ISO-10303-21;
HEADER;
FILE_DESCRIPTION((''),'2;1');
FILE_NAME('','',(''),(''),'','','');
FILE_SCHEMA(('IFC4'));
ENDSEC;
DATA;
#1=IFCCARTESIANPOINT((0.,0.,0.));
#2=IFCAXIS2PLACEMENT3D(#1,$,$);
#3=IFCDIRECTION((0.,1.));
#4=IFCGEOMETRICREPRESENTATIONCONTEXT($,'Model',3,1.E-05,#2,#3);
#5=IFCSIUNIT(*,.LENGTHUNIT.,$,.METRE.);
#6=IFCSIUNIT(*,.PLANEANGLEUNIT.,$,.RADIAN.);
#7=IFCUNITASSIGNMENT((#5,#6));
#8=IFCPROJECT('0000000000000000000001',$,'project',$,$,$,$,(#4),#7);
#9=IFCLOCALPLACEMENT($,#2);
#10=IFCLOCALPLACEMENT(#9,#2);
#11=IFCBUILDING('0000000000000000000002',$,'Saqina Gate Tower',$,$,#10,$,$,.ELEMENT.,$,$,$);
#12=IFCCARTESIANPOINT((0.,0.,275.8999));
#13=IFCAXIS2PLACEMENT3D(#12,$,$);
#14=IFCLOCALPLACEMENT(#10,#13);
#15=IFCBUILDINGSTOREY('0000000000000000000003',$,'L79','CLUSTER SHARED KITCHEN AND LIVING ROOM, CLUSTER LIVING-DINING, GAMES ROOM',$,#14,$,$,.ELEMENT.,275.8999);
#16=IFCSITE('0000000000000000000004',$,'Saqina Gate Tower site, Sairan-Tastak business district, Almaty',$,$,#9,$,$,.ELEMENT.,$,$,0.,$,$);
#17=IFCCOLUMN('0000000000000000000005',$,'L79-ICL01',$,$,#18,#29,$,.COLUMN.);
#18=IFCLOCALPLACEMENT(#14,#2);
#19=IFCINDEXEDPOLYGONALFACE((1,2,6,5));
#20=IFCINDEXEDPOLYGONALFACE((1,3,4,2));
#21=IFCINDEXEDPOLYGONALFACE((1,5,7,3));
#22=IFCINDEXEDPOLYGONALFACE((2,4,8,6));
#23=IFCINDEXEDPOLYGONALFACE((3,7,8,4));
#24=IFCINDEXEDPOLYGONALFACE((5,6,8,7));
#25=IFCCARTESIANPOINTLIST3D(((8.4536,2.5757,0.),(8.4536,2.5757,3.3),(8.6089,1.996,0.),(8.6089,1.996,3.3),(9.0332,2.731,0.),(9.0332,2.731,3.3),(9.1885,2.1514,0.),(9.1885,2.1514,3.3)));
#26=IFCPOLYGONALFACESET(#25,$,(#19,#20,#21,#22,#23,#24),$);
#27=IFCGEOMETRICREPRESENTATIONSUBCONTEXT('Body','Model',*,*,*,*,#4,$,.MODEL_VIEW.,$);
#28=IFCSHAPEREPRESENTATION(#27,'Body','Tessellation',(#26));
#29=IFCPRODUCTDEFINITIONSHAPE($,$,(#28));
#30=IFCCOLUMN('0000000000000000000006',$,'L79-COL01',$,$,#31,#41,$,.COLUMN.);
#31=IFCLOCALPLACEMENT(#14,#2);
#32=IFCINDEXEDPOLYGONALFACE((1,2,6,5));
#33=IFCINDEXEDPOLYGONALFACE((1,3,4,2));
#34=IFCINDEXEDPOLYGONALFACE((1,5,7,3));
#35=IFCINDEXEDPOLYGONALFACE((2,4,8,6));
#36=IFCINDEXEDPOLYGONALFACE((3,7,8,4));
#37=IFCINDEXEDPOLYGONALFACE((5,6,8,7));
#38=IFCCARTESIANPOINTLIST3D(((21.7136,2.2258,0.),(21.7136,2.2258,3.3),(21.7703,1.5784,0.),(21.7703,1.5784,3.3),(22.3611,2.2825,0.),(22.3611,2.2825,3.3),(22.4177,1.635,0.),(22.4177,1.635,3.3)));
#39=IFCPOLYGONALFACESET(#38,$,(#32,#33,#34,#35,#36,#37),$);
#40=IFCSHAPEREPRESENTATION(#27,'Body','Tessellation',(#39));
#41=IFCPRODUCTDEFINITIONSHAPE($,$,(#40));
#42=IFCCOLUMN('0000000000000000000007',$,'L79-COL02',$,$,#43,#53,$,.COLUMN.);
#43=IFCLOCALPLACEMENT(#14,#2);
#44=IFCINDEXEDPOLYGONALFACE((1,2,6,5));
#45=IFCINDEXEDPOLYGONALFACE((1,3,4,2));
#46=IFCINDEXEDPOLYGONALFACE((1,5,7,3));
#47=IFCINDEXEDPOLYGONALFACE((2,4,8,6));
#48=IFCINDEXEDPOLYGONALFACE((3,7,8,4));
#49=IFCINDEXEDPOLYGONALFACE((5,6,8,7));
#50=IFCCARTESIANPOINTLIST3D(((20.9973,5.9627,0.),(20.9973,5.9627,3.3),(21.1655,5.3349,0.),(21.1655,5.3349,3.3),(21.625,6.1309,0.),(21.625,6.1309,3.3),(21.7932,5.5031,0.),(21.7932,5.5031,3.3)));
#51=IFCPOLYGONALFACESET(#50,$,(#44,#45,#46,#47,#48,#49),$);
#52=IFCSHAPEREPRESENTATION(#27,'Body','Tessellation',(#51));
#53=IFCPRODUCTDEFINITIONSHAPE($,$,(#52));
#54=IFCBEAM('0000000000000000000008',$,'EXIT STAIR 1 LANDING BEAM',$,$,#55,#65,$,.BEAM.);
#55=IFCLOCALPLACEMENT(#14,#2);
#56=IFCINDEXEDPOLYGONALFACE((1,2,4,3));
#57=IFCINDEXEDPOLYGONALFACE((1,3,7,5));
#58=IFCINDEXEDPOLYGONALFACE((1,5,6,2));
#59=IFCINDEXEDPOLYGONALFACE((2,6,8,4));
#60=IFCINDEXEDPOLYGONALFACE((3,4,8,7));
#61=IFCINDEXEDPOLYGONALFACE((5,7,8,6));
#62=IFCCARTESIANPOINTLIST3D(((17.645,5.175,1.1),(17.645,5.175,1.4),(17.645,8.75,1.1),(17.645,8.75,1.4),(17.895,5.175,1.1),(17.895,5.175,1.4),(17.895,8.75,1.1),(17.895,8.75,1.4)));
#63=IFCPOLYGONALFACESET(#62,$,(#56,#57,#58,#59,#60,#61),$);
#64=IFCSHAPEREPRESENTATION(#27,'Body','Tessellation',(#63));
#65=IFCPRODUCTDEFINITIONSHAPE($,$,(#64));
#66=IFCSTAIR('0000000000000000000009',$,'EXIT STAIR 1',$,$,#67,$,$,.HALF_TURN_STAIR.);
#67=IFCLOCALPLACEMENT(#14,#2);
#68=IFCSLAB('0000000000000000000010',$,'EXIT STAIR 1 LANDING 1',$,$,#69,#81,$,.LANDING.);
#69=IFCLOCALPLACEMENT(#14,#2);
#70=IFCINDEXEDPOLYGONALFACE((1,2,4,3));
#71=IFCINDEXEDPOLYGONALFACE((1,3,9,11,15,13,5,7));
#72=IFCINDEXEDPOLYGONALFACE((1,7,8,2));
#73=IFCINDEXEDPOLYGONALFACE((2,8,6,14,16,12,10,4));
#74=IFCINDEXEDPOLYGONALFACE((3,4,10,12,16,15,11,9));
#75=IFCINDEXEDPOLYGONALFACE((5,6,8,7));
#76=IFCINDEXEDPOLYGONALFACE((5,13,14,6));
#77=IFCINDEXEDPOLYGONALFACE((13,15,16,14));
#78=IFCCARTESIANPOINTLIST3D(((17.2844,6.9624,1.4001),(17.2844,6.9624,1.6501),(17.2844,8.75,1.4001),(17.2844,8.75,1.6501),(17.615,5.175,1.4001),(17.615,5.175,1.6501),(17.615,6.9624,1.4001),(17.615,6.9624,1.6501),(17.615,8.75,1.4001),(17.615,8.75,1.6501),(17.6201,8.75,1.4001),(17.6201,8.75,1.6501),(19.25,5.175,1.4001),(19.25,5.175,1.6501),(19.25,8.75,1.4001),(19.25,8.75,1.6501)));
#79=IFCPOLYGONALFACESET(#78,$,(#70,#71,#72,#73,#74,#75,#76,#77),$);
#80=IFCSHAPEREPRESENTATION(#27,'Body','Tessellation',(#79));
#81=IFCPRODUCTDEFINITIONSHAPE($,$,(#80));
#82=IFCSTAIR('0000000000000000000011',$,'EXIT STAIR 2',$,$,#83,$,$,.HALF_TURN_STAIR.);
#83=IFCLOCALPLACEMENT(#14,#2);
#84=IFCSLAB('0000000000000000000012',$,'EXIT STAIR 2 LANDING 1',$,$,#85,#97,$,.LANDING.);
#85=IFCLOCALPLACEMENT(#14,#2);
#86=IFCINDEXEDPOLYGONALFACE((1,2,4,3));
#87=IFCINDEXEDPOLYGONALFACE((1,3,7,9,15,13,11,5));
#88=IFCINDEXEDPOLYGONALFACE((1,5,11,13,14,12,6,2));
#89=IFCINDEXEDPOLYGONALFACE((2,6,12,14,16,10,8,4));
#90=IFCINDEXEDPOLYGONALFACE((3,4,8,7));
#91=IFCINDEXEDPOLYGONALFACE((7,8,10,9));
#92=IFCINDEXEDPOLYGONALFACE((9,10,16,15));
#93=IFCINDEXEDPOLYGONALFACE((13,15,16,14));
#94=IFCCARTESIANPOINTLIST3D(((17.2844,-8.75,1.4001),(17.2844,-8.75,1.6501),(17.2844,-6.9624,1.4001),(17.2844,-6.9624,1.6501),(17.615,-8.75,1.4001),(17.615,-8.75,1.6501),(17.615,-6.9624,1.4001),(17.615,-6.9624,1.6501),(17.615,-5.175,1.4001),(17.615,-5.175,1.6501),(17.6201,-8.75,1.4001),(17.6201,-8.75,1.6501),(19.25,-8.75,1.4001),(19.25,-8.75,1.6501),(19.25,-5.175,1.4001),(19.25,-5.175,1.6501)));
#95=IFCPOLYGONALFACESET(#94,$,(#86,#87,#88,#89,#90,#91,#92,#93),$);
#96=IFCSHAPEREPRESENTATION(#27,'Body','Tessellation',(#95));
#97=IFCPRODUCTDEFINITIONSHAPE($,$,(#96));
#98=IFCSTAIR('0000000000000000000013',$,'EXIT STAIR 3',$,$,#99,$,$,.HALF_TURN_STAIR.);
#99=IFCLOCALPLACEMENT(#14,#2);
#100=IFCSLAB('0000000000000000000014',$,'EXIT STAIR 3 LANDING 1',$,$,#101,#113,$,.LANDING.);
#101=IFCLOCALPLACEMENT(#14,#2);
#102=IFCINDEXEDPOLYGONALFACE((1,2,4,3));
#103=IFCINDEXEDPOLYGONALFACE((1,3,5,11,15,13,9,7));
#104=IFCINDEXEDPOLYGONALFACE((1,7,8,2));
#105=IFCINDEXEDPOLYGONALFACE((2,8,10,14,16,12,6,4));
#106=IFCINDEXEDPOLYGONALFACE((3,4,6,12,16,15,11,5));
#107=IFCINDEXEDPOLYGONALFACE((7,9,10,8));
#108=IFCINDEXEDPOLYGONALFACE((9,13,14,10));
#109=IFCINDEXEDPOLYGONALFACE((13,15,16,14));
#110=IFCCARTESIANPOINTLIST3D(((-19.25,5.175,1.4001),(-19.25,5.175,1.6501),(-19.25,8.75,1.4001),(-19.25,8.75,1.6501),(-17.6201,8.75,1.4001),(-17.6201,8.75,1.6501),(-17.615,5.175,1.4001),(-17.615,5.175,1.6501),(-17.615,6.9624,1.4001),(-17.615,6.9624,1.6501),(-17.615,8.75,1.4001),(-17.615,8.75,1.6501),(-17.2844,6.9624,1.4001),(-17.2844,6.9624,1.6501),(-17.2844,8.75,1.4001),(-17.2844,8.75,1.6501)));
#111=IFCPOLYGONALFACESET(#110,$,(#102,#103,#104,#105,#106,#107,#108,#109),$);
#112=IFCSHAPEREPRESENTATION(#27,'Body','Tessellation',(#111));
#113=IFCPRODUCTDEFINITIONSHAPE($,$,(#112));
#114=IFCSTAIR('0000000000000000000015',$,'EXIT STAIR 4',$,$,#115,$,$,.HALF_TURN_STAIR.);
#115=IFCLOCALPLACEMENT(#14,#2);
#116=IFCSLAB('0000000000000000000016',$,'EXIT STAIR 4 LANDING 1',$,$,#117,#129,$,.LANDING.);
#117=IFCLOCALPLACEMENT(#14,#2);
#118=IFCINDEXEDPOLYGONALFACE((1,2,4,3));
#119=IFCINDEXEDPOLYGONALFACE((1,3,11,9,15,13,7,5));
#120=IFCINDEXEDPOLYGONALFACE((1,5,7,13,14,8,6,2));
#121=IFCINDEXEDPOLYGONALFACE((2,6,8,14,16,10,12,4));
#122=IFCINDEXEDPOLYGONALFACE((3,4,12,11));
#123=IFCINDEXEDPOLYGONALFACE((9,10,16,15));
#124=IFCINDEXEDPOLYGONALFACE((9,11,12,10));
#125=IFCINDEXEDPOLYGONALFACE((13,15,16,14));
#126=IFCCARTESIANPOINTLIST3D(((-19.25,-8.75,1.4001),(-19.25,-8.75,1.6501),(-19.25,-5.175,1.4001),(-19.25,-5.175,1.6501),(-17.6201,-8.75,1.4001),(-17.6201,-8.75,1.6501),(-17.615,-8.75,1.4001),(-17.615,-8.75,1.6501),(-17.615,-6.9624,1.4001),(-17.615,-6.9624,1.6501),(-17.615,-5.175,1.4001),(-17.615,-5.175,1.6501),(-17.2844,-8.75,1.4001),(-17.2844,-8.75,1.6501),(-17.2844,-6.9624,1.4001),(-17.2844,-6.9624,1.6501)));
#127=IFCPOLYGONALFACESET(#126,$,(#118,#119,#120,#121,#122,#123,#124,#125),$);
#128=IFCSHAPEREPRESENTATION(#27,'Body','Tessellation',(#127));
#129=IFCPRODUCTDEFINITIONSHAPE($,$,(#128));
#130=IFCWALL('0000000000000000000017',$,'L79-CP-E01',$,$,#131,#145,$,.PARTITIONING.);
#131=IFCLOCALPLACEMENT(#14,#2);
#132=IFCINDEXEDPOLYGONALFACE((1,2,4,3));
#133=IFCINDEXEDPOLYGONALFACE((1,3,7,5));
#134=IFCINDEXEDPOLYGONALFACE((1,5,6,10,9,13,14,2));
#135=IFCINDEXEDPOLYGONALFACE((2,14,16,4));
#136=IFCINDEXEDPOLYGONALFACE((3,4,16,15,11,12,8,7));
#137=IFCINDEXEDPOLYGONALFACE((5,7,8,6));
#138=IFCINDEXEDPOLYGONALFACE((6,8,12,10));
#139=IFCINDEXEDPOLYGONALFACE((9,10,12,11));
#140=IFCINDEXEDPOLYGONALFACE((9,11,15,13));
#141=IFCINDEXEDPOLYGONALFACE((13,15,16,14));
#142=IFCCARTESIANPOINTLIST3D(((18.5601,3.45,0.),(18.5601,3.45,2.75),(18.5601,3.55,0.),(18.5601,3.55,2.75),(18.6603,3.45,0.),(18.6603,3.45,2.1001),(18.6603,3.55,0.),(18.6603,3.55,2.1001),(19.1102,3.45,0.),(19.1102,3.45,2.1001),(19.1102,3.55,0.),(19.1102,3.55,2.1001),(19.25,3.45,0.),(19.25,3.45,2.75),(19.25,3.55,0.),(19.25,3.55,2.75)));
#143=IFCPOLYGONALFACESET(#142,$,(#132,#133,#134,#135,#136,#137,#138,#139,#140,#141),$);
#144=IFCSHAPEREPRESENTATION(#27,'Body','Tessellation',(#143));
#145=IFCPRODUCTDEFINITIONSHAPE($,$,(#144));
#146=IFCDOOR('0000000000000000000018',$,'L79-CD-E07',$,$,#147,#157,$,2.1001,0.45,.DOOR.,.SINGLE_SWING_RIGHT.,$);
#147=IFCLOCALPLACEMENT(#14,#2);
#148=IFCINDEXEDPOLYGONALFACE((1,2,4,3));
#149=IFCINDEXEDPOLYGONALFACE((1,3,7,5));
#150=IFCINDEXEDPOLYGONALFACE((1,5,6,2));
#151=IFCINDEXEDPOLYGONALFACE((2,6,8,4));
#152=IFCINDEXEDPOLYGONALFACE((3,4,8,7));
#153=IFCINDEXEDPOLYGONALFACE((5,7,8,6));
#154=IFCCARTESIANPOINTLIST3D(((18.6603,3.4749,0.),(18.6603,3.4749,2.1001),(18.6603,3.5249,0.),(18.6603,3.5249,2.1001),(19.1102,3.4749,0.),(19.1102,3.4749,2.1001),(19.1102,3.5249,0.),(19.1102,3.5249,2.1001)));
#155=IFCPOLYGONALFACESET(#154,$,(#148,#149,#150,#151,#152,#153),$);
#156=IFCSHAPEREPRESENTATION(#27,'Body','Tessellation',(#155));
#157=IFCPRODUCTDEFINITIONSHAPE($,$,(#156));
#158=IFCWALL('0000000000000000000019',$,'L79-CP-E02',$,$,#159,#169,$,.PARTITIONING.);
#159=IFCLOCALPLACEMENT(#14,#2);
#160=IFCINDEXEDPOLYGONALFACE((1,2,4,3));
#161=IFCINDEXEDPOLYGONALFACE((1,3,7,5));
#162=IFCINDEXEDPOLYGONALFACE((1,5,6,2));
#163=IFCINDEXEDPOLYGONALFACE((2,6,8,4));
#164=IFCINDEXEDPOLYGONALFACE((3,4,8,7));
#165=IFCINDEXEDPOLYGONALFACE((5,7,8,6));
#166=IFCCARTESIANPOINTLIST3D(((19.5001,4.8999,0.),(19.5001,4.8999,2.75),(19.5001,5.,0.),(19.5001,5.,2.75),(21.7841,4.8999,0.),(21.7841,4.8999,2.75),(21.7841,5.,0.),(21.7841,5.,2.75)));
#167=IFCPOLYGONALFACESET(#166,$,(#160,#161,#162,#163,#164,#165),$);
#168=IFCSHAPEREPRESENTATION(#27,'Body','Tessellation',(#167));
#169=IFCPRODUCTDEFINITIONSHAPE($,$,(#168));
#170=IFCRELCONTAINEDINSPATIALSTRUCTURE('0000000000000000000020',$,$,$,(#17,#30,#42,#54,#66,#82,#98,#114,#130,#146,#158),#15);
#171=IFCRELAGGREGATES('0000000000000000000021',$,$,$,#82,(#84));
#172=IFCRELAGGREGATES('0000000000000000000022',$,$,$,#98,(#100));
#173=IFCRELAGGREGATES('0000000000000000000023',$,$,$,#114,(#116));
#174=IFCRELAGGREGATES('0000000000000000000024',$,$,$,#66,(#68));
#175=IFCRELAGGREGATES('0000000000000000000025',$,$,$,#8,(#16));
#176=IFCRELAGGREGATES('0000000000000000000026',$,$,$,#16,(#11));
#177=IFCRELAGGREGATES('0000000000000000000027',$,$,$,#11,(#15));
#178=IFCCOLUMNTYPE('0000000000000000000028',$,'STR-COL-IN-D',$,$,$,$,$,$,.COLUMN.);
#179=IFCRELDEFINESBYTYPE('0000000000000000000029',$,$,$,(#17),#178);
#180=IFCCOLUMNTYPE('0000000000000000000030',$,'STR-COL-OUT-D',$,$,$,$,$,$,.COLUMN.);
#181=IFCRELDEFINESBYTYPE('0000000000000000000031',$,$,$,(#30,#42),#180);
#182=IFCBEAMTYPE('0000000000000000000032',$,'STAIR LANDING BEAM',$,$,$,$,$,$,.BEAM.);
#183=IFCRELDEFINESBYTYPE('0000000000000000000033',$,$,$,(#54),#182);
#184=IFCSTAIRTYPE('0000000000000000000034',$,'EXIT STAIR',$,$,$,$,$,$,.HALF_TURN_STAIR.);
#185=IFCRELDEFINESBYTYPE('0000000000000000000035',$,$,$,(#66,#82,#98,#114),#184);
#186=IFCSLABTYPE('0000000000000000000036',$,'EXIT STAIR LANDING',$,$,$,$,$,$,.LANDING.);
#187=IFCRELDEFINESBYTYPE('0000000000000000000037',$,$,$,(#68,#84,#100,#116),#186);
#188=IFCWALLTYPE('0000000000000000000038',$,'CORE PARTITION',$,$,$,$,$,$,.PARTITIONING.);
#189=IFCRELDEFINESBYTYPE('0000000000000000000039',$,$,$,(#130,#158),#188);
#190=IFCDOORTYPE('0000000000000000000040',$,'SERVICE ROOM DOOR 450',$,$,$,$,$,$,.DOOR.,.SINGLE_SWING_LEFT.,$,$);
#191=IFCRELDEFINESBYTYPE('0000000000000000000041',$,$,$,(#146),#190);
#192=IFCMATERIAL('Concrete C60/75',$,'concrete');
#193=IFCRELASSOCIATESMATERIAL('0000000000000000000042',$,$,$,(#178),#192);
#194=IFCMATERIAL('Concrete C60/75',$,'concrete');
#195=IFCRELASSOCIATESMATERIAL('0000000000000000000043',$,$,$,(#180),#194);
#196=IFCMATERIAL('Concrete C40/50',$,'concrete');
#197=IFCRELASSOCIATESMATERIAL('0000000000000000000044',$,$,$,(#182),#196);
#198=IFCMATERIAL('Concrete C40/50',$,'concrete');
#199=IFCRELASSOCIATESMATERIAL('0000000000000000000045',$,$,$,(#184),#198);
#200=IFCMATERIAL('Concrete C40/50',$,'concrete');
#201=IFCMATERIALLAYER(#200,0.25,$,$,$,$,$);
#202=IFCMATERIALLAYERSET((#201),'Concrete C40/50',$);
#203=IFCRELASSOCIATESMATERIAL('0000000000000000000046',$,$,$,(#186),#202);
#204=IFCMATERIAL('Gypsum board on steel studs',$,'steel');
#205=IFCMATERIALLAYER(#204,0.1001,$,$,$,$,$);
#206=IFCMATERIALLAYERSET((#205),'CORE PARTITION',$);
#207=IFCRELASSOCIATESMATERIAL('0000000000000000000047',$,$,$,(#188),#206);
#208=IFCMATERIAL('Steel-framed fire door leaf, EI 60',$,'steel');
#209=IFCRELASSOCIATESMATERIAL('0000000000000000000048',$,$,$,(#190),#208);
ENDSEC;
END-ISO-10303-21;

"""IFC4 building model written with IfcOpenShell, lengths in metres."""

from ifc_helpers import new_model, si_unit, direction, frame, frame_2d, origin, origin_2d, place, context, subcontext, project, spatial, polyline, rectangle, outline, extrude, material, layer, layer_set, material_profile, profile_set, type_object, element, fill, aggregate, save


model = new_model("IFC4")

# Units and contexts
model_context = context("Model", 3, precision=1e-05, world=origin(), true_north=direction((0.0, 1.0)))
body_context = subcontext(model_context, "Body", "Model", "MODEL_VIEW")
ifc_project = project(units=[si_unit("LENGTHUNIT", "METRE"), si_unit("PLANEANGLEUNIT", "RADIAN")], contexts=[model_context])

# Site, building, storey
site_placement = place(None, origin())
site = spatial("IfcSite", under=ifc_project, at=site_placement, Name="Saqina Gate Tower site, Sairan-Tastak business district, Almaty", CompositionType="ELEMENT", RefElevation=0.0)
building_placement = place(site_placement, origin())
building = spatial("IfcBuilding", under=site, at=building_placement, Name="Saqina Gate Tower", CompositionType="ELEMENT")
storey_placement = place(building_placement, frame((0.0, 0.0, 275.8999)))
storey = spatial("IfcBuildingStorey", under=building, at=storey_placement, Name="L79", Description="CLUSTER SHARED KITCHEN AND LIVING ROOM, CLUSTER LIVING-DINING, GAMES ROOM", CompositionType="ELEMENT", Elevation=275.8999)

# Columns
ifc_material_1 = material(Name="Concrete C60/75", Category="concrete")
ifc_material_profile_1 = material_profile(ifc_material_1, rectangle(XDim=0.6001, YDim=0.6001, at=origin_2d()), Name="RC 600x600")
ifc_profile_set_1 = profile_set([ifc_material_profile_1], Name="Concrete C60/75")
column_type_1 = type_object("IfcColumnType", Name="STR-COL-IN-D", PredefinedType="COLUMN", material=ifc_profile_set_1)
column_placement = place(storey_placement, frame((8.821, 2.3635, 0.0), z_axis=(0.0, 0.0, 1.0), x_axis=(0.965926, 0.258819, 0.0)))
element("IfcColumn", 1, at=column_placement, inside=storey, type_object=column_type_1, Name="L79-ICL01", PredefinedType="COLUMN", context=body_context, shape_type="SweptSolid", body=[
    extrude(rectangle(XDim=0.6001, YDim=0.6001, at=origin_2d()), origin(), (0.0, 0.0, 1.0), 3.3),
])
ifc_material_2 = material(Name="Concrete C60/75", Category="concrete")
ifc_material_profile_2 = material_profile(ifc_material_2, rectangle(XDim=0.6499, YDim=0.6499, at=origin_2d()), Name="RC 650x650")
ifc_profile_set_2 = profile_set([ifc_material_profile_2], Name="Concrete C60/75")
column_type_2 = type_object("IfcColumnType", Name="STR-COL-OUT-D", PredefinedType="COLUMN", material=ifc_profile_set_2)
for number, where, z_axis, x_axis, name in (
    (2, (22.0657, 1.9304, 0.0), (0.0, 0.0, 1.0), (0.996195, 0.087156, 0.0), "L79-COL01"),
    (3, (21.3953, 5.7329, 0.0), (0.0, 0.0, 1.0), (0.965926, 0.258819, 0.0), "L79-COL02"),
):
    element("IfcColumn", number, at=place(storey_placement, frame(where, z_axis=z_axis, x_axis=x_axis)), inside=storey, type_object=column_type_2, Name=name, PredefinedType="COLUMN", context=body_context, shape_type="SweptSolid", body=[
        extrude(rectangle(XDim=0.6499, YDim=0.6499, at=origin_2d()), origin(), (0.0, 0.0, 1.0), 3.3),
    ])

# Beam
ifc_material_3 = material(Name="Concrete C40/50", Category="concrete")
ifc_material_profile_3 = material_profile(ifc_material_3, rectangle(XDim=0.25, YDim=0.3, at=origin_2d()), Name="STAIR LANDING BEAM")
ifc_profile_set_3 = profile_set([ifc_material_profile_3], Name="Concrete C40/50")
beam_type = type_object("IfcBeamType", Name="STAIR LANDING BEAM", PredefinedType="BEAM", material=ifc_profile_set_3)
beam_placement = place(storey_placement, frame((17.77, 5.175, 1.25), z_axis=(0.0, 1.0, 0.0), x_axis=(-1.0, 0.0, 0.0)))
element("IfcBeam", 4, at=beam_placement, inside=storey, type_object=beam_type, Name="EXIT STAIR 1 LANDING BEAM", PredefinedType="BEAM", context=body_context, shape_type="SweptSolid", body=[
    extrude(rectangle(XDim=0.25, YDim=0.3, at=origin_2d()), origin(), (0.0, 0.0, 1.0), 3.575),
])

# Stairs, slabs
ifc_material_4 = material(Name="Concrete C40/50", Category="concrete")
stair_type = type_object("IfcStairType", Name="EXIT STAIR", PredefinedType="HALF_TURN_STAIR", material=ifc_material_4)
stair_1_placement = place(storey_placement, origin())
stair_1 = element("IfcStair", 5, at=stair_1_placement, inside=storey, type_object=stair_type, Name="EXIT STAIR 1", PredefinedType="HALF_TURN_STAIR")
ifc_material_5 = material(Name="Concrete C40/50", Category="concrete")
ifc_layer_1 = layer(ifc_material_5, 0.25)
ifc_layer_set_1 = layer_set([ifc_layer_1], Name="Concrete C40/50")
slab_type = type_object("IfcSlabType", Name="EXIT STAIR LANDING", PredefinedType="LANDING", material=ifc_layer_set_1)
slab_1_placement = place(storey_placement, frame((0.0, 0.0, 1.4001)))
slab_1 = element("IfcSlab", 6, at=slab_1_placement, type_object=slab_type, Name="EXIT STAIR 1 LANDING 1", PredefinedType="LANDING", context=body_context, shape_type="SweptSolid", body=[
    extrude(outline(polyline([(19.25, 8.75), (19.25, 5.175), (17.615, 5.175), (17.615, 6.9624), (17.2844, 6.9624), (17.2844, 8.75), (17.615, 8.75), (17.6201, 8.75), (19.25, 8.75)])), origin(), (0.0, 0.0, 1.0), 0.25),
])
stair_2_placement = place(storey_placement, origin())
stair_2 = element("IfcStair", 7, at=stair_2_placement, inside=storey, type_object=stair_type, Name="EXIT STAIR 2", PredefinedType="HALF_TURN_STAIR")
slab_2_placement = place(storey_placement, frame((0.0, 0.0, 1.4001)))
slab_2 = element("IfcSlab", 8, at=slab_2_placement, type_object=slab_type, Name="EXIT STAIR 2 LANDING 1", PredefinedType="LANDING", context=body_context, shape_type="SweptSolid", body=[
    extrude(outline(polyline([(17.2844, -8.75), (17.2844, -6.9624), (17.615, -6.9624), (17.615, -5.175), (19.25, -5.175), (19.25, -8.75), (17.6201, -8.75), (17.615, -8.75), (17.2844, -8.75)])), origin(), (0.0, 0.0, 1.0), 0.25),
])
aggregate(stair_2, [slab_2])
stair_3_placement = place(storey_placement, origin())
stair_3 = element("IfcStair", 9, at=stair_3_placement, inside=storey, type_object=stair_type, Name="EXIT STAIR 3", PredefinedType="HALF_TURN_STAIR")
slab_3_placement = place(storey_placement, frame((0.0, 0.0, 1.4001)))
slab_3 = element("IfcSlab", 10, at=slab_3_placement, type_object=slab_type, Name="EXIT STAIR 3 LANDING 1", PredefinedType="LANDING", context=body_context, shape_type="SweptSolid", body=[
    extrude(outline(polyline([(-17.615, 5.175), (-19.25, 5.175), (-19.25, 8.75), (-17.6201, 8.75), (-17.615, 8.75), (-17.2844, 8.75), (-17.2844, 6.9624), (-17.615, 6.9624), (-17.615, 5.175)])), origin(), (0.0, 0.0, 1.0), 0.25),
])
aggregate(stair_3, [slab_3])
stair_4_placement = place(storey_placement, origin())
stair_4 = element("IfcStair", 11, at=stair_4_placement, inside=storey, type_object=stair_type, Name="EXIT STAIR 4", PredefinedType="HALF_TURN_STAIR")
slab_4_placement = place(storey_placement, frame((0.0, 0.0, 1.4001)))
slab_4 = element("IfcSlab", 12, at=slab_4_placement, type_object=slab_type, Name="EXIT STAIR 4 LANDING 1", PredefinedType="LANDING", context=body_context, shape_type="SweptSolid", body=[
    extrude(outline(polyline([(-17.2844, -6.9624), (-17.2844, -8.75), (-17.615, -8.75), (-17.6201, -8.75), (-19.25, -8.75), (-19.25, -5.175), (-17.615, -5.175), (-17.615, -6.9624), (-17.2844, -6.9624)])), origin(), (0.0, 0.0, 1.0), 0.25),
])
aggregate(stair_4, [slab_4])

# Wall, opening, door
ifc_material_6 = material(Name="Gypsum board on steel studs", Category="steel")
ifc_layer_2 = layer(ifc_material_6, 0.1001)
ifc_layer_set_2 = layer_set([ifc_layer_2], Name="CORE PARTITION")
wall_type_1 = type_object("IfcWallType", Name="CORE PARTITION", PredefinedType="PARTITIONING", material=ifc_layer_set_2)
wall_1_placement = place(storey_placement, frame((18.5601, 3.5, 0.0), z_axis=(0.0, 0.0, 1.0), x_axis=(1.0, 0.0, 0.0)))
wall_1 = element("IfcWall", 13, at=wall_1_placement, inside=storey, type_object=wall_type_1, Name="L79-CP-E01", PredefinedType="PARTITIONING", context=body_context, shape_type="SweptSolid", body=[
    extrude(rectangle(XDim=0.6899, YDim=0.1001, at=frame_2d((0.345, 0.0))), origin(), (0.0, 0.0, 1.0), 2.75),
])
opening_1_placement = place(wall_1_placement, frame((0.1001, 0.0, 0.0)))
opening_1 = element("IfcOpeningElement", 14, at=opening_1_placement, cuts=wall_1, PredefinedType="OPENING", context=body_context, shape_type="SweptSolid", body=[
    extrude(rectangle(XDim=0.45, YDim=2.1001, at=frame_2d((0.2251, 1.05))), frame((0.0, 0.062, 0.0), z_axis=(0.0, -1.0, 0.0), x_axis=(1.0, 0.0, 0.0)), (0.0, 0.0, 1.0), 0.124),
])
ifc_material_7 = material(Name="Steel-framed fire door leaf, EI 60", Category="steel")
door_type_1 = type_object("IfcDoorType", Name="SERVICE ROOM DOOR 450", OperationType="SINGLE_SWING_LEFT", PredefinedType="DOOR", material=ifc_material_7)
door_1_placement = place(opening_1_placement, origin())
door_1 = element("IfcDoor", 15, at=door_1_placement, inside=storey, type_object=door_type_1, Name="L79-CD-E07", OperationType="SINGLE_SWING_RIGHT", OverallHeight=2.1001, OverallWidth=0.45, PredefinedType="DOOR", context=body_context, shape_type="SweptSolid", body=[
    extrude(rectangle(XDim=0.45, YDim=2.1001, at=frame_2d((0.2251, 1.05))), frame((0.0, 0.0249, 0.0), z_axis=(0.0, -1.0, 0.0), x_axis=(1.0, 0.0, 0.0)), (0.0, 0.0, 1.0), 0.05),
])
fill(opening_1, door_1)

# Wall
wall_2_placement = place(storey_placement, frame((19.5, 4.95, 0.0), z_axis=(0.0, 0.0, 1.0), x_axis=(1.0, 0.0, 0.0)))
element("IfcWall", 16, at=wall_2_placement, inside=storey, type_object=wall_type_1, Name="L79-CP-E02", PredefinedType="PARTITIONING", context=body_context, shape_type="SweptSolid", body=[
    extrude(rectangle(XDim=2.2839, YDim=0.1001, at=frame_2d((1.1421, 0.0))), origin(), (0.0, 0.0, 1.0), 2.75),
])

aggregate(stair_1, [slab_1])

save(model, "model.ifc")
